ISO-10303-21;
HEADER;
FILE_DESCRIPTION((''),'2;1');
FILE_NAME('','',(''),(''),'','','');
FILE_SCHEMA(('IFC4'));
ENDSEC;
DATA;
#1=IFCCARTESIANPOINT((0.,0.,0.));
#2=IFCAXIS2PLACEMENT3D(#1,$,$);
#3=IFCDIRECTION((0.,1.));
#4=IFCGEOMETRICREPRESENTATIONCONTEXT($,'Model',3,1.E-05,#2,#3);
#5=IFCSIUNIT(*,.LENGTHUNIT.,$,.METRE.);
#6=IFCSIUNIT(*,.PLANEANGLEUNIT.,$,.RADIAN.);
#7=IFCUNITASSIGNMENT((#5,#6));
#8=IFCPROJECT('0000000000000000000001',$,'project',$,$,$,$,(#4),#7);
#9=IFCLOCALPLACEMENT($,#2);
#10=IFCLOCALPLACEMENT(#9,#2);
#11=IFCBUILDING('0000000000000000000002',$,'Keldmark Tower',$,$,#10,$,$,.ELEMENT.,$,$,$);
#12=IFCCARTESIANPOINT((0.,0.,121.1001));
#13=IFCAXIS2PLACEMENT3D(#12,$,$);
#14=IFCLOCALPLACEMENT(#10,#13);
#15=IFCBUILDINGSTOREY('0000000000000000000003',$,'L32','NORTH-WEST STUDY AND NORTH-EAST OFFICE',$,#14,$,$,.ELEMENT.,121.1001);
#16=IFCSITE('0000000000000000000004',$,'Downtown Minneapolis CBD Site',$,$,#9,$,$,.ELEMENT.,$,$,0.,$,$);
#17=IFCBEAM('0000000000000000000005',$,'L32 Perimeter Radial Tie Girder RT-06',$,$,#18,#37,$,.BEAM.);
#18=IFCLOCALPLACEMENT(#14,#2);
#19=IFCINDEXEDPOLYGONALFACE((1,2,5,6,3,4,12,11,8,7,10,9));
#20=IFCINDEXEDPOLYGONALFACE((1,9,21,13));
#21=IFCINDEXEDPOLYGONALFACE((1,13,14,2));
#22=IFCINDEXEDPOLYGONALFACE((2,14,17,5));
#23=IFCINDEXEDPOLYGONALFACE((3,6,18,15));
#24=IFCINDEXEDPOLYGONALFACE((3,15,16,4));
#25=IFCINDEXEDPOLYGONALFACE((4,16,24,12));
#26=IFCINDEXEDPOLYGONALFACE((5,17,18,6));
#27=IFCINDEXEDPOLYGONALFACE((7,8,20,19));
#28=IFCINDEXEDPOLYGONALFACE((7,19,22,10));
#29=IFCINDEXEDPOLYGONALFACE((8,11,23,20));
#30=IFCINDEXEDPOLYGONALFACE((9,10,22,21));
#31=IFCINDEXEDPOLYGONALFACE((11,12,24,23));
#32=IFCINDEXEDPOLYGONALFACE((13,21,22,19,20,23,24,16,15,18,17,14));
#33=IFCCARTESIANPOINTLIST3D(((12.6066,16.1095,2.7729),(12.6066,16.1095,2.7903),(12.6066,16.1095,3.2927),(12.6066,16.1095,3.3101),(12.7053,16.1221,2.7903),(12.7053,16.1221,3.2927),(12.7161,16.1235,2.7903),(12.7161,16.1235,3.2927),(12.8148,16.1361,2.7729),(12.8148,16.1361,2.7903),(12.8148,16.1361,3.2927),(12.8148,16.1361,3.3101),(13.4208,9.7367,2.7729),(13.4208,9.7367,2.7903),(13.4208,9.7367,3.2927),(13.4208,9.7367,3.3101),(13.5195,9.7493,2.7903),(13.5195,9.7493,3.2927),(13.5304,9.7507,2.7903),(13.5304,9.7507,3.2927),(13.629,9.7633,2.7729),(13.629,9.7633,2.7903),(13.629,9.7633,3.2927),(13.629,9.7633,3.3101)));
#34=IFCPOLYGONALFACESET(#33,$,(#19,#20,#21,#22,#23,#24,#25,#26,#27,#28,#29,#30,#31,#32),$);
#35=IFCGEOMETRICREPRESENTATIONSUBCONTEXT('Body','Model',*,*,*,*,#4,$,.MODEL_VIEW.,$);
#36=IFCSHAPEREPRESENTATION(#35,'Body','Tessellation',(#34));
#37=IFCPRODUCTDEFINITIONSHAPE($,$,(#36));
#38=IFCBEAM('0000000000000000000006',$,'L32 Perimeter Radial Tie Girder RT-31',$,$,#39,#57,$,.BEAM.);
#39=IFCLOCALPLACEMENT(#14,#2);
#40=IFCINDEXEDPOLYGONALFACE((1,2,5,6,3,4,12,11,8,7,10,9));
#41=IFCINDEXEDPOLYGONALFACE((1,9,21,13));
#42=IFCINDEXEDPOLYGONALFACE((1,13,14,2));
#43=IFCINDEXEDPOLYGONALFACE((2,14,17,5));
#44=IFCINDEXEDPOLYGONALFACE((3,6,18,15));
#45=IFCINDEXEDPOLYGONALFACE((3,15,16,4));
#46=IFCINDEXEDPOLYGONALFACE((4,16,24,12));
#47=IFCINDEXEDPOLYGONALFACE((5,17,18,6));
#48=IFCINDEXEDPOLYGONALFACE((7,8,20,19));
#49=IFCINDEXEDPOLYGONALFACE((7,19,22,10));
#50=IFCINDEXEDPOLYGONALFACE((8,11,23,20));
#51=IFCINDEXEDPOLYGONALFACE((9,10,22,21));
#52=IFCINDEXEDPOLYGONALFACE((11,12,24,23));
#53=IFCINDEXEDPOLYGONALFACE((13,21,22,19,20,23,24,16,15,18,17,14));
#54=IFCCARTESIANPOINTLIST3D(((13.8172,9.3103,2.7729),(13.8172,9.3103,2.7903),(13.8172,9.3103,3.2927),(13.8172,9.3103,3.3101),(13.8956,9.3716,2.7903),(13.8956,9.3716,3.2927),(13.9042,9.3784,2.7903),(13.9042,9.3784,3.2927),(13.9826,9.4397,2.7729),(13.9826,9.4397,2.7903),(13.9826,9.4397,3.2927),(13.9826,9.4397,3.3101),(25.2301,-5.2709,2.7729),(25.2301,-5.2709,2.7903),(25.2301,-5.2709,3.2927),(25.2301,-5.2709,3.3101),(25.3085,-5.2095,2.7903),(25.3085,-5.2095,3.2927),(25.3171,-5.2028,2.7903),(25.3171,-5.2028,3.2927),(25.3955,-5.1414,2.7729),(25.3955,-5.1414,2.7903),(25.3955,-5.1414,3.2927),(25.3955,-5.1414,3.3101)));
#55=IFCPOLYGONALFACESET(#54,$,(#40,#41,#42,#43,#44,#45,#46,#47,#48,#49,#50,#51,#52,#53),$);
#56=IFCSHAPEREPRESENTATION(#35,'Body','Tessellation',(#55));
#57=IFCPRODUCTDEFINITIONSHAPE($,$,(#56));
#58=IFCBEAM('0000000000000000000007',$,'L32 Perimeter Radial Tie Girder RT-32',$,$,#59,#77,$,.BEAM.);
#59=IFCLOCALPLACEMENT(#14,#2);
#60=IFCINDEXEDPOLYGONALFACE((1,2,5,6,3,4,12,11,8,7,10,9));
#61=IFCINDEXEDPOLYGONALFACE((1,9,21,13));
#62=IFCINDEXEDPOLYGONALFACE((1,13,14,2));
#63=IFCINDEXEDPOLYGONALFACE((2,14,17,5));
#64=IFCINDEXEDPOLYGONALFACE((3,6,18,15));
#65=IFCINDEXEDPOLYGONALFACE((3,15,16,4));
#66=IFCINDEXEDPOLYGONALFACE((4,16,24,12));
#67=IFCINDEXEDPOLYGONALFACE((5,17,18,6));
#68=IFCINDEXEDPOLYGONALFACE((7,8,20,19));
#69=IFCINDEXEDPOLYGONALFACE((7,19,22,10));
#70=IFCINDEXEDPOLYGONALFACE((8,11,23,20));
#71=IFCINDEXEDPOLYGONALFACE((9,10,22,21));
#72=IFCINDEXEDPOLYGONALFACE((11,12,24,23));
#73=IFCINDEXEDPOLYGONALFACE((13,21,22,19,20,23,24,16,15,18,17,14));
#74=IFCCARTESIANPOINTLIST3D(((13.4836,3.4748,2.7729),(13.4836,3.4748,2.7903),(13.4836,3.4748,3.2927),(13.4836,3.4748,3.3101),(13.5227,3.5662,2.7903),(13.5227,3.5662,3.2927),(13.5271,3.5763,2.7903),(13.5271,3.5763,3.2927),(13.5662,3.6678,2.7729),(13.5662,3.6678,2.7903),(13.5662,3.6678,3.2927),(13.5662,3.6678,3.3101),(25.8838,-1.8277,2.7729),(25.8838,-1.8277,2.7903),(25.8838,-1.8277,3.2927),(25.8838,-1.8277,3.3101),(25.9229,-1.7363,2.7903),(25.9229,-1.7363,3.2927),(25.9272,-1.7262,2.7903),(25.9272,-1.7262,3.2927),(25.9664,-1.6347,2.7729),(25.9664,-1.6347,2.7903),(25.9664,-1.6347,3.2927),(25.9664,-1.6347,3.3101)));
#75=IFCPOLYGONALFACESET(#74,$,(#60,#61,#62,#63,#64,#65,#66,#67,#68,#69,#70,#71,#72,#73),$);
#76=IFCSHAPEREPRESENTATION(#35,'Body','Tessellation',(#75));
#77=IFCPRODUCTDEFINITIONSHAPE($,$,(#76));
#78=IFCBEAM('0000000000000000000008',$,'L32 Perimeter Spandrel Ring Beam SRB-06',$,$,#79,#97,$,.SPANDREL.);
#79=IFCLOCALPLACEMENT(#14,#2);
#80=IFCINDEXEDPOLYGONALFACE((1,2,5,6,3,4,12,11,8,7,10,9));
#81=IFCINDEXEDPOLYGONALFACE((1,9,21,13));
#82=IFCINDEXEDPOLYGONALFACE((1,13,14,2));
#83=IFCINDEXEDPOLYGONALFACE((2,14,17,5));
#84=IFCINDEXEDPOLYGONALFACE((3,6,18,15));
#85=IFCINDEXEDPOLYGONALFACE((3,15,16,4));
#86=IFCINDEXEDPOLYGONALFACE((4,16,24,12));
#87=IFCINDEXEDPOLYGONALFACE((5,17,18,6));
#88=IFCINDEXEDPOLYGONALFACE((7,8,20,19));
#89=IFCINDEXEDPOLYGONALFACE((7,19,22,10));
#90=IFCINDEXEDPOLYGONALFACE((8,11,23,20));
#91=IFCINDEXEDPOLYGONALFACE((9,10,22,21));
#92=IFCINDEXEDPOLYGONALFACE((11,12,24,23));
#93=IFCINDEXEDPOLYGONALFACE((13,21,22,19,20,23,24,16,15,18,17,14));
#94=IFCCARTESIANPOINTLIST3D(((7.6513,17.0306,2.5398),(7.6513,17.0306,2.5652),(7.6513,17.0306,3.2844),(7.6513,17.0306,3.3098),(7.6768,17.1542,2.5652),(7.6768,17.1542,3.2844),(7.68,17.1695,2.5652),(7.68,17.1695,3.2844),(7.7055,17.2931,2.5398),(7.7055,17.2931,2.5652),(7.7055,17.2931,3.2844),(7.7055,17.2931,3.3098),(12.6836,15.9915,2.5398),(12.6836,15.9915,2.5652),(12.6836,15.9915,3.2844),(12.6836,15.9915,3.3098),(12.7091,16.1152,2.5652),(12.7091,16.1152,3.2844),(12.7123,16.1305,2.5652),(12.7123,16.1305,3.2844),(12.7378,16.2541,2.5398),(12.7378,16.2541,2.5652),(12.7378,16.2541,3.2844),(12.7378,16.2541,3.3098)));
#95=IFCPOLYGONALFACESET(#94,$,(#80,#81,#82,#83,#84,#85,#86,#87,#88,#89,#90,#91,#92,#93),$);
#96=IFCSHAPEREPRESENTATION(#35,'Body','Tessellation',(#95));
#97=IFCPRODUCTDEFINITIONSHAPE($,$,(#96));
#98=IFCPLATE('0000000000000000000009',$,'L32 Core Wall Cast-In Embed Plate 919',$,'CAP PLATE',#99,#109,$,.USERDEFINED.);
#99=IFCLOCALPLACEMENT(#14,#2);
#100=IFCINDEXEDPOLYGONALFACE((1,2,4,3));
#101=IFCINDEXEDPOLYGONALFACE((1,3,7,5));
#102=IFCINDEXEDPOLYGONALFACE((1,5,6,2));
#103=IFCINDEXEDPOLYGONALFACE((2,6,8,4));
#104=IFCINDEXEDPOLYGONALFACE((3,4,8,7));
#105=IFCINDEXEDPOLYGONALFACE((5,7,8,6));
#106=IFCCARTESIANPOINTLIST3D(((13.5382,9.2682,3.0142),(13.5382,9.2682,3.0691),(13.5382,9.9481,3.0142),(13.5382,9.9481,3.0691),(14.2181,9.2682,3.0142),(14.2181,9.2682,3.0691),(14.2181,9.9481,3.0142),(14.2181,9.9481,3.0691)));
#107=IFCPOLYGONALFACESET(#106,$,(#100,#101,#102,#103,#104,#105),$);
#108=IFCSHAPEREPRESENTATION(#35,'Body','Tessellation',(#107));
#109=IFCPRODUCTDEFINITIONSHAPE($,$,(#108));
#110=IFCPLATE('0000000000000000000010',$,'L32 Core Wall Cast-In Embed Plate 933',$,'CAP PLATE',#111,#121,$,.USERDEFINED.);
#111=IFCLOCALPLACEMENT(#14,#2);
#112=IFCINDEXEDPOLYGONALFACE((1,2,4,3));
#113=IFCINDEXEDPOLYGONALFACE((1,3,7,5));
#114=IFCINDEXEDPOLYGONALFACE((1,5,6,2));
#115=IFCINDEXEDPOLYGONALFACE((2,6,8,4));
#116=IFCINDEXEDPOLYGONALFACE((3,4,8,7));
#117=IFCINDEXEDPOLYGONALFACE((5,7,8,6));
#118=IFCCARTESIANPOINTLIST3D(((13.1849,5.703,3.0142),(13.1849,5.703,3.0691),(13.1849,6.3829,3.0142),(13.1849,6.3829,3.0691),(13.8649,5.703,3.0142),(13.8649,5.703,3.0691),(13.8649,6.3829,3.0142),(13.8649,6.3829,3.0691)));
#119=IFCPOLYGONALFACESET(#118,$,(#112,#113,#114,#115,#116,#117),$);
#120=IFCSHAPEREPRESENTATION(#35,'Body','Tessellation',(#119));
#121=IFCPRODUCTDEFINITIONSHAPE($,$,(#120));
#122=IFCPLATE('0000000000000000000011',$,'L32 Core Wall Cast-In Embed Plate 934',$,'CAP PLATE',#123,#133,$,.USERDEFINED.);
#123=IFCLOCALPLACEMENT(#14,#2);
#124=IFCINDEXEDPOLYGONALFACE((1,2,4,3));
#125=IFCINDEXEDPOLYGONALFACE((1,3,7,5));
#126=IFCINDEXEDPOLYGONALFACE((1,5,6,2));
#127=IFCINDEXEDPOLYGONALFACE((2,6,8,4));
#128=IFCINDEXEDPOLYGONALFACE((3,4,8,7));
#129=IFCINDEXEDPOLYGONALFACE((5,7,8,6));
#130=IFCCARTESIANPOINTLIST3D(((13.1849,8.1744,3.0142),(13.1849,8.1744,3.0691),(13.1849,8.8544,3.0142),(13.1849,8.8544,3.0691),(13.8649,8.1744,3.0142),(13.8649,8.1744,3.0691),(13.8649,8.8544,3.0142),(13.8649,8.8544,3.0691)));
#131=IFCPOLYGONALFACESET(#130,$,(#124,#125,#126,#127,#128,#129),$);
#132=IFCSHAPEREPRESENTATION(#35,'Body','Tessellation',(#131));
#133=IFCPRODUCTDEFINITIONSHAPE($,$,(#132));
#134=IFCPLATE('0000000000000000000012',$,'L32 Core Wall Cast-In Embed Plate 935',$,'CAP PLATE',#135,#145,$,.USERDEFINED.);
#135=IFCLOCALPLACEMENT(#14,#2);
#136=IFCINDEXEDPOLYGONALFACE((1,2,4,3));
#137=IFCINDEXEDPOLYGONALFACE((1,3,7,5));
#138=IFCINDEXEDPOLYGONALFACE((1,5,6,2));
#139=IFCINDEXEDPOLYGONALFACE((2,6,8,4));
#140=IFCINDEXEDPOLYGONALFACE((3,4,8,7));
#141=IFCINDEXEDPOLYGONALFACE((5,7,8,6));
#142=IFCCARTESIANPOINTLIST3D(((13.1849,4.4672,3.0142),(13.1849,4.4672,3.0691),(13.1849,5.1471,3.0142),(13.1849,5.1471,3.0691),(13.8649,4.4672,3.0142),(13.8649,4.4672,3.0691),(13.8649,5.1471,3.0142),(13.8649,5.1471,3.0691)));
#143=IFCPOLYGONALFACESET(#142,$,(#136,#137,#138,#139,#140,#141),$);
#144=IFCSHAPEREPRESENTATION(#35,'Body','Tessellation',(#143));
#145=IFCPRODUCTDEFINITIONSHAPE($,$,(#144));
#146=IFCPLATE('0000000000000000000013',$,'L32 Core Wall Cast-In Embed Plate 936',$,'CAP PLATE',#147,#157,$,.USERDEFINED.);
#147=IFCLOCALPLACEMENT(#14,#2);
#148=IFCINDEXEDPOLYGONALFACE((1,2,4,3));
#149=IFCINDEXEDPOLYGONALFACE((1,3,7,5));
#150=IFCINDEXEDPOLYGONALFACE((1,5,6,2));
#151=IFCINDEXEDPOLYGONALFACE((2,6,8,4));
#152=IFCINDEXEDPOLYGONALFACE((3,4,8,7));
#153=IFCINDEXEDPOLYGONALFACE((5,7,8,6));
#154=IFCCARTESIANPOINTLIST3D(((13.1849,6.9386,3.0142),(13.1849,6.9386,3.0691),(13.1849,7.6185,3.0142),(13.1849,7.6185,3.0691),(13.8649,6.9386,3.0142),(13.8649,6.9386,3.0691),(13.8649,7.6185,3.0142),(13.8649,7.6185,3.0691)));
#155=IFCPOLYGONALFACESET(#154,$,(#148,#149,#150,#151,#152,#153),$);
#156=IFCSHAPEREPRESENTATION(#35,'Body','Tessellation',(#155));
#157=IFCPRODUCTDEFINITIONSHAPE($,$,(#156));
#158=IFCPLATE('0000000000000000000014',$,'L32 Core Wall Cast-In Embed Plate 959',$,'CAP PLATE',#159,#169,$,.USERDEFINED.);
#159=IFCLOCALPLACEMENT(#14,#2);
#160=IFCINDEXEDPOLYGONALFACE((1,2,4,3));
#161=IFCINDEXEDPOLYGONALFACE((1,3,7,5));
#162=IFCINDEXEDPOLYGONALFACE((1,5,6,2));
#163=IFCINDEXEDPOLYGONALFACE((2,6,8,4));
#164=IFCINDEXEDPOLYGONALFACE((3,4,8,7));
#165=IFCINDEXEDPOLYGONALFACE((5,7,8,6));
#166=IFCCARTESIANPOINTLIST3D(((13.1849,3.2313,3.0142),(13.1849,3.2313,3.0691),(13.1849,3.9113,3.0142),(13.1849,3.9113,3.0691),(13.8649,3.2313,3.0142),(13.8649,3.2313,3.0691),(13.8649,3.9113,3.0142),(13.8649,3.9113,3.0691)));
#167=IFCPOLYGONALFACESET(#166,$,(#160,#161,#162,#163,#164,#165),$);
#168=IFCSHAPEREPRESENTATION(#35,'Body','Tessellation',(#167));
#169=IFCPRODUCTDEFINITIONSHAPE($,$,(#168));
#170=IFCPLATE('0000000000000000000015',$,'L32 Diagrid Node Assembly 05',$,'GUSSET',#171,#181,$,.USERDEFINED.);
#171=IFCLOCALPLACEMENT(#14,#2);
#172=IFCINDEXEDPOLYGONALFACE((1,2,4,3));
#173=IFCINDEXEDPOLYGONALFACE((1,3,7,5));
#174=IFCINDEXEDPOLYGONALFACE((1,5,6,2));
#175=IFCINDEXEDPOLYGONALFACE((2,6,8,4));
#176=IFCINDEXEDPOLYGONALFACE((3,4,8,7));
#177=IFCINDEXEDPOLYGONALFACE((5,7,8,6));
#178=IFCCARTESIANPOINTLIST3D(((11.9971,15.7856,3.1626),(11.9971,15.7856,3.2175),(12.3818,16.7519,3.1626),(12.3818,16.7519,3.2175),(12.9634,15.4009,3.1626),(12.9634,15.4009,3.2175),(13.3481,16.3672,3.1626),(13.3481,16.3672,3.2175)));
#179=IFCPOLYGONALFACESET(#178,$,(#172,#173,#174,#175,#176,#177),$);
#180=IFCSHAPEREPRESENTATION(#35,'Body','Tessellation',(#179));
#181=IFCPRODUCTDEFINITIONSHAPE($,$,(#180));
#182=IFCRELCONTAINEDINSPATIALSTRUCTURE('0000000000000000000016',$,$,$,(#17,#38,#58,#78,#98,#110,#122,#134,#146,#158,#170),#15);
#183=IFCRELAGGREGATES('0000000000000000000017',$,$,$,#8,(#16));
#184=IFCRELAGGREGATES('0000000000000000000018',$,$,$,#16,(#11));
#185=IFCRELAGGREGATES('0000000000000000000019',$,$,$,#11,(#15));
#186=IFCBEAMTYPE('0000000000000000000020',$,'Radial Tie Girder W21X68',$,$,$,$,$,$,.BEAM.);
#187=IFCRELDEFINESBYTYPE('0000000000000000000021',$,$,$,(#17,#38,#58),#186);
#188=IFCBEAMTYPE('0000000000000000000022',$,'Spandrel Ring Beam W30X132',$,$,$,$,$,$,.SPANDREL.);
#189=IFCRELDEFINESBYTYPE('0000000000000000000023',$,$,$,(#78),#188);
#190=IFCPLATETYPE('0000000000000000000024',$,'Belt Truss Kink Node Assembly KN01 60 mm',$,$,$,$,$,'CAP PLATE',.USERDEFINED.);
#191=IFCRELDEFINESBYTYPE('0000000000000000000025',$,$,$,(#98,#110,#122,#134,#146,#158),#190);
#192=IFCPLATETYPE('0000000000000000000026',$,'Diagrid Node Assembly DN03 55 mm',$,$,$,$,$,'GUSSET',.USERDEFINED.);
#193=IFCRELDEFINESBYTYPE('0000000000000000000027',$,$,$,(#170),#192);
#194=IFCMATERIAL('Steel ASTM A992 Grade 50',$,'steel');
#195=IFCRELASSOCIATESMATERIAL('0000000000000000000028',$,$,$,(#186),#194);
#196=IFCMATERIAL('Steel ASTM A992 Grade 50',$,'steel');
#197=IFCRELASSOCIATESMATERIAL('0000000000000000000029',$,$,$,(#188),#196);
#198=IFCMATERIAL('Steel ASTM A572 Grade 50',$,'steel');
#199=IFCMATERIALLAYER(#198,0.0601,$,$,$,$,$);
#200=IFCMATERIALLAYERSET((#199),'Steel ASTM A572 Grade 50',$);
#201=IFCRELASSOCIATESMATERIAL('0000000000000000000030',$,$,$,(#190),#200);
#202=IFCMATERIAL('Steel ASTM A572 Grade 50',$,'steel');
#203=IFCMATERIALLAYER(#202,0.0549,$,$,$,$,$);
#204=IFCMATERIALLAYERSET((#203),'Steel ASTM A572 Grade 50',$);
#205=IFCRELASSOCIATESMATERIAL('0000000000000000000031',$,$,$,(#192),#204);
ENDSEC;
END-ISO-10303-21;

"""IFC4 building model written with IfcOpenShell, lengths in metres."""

from ifc_helpers import new_model, si_unit, direction, frame, origin, origin_2d, place, context, subcontext, project, spatial, rectangle, i_section, extrude, material, layer, layer_set, material_profile, profile_set, type_object, element, save


model = new_model("IFC4")

# Units and contexts
model_context = context("Model", 3, precision=1e-05, world=origin(), true_north=direction((0.0, 1.0)))
body_context = subcontext(model_context, "Body", "Model", "MODEL_VIEW")
ifc_project = project(units=[si_unit("LENGTHUNIT", "METRE"), si_unit("PLANEANGLEUNIT", "RADIAN")], contexts=[model_context])

# Site, building, storey
site_placement = place(None, origin())
site = spatial("IfcSite", under=ifc_project, at=site_placement, Name="Downtown Minneapolis CBD Site", CompositionType="ELEMENT", RefElevation=0.0)
building_placement = place(site_placement, origin())
building = spatial("IfcBuilding", under=site, at=building_placement, Name="Keldmark Tower", CompositionType="ELEMENT")
storey_placement = place(building_placement, frame((0.0, 0.0, 121.1001)))
storey = spatial("IfcBuildingStorey", under=building, at=storey_placement, Name="L32", Description="NORTH-WEST STUDY AND NORTH-EAST OFFICE", CompositionType="ELEMENT", Elevation=121.1001)

# Beams
ifc_material_1 = material(Name="Steel ASTM A992 Grade 50", Category="steel")
ifc_material_profile_1 = material_profile(ifc_material_1, i_section(OverallWidth=0.21, OverallDepth=0.5371, WebThickness=0.011, FlangeThickness=0.0173, at=origin_2d()), Name="W21X68")
ifc_profile_set_1 = profile_set([ifc_material_profile_1], Name="Steel ASTM A992 Grade 50")
beam_type_1 = type_object("IfcBeamType", Name="Radial Tie Girder W21X68", PredefinedType="BEAM", material=ifc_profile_set_1)
beam_1_placement = place(storey_placement, frame((13.5249, 9.75, 3.0415), z_axis=(-0.126733, 0.991937, 0.0), x_axis=(-0.991937, -0.126733, 0.0)))
element("IfcBeam", 1, at=beam_1_placement, inside=storey, type_object=beam_type_1, Name="L32 Perimeter Radial Tie Girder RT-06", PredefinedType="BEAM", context=body_context, shape_type="SweptSolid", body=[
    extrude(i_section(OverallWidth=0.21, OverallDepth=0.5371, WebThickness=0.011, FlangeThickness=0.0173, at=origin_2d()), origin(), (0.0, 0.0, 1.0), 6.4246),
])
beam_2_placement = place(storey_placement, frame((13.8999, 9.375, 3.0415), z_axis=(0.616361, -0.787464, 0.0), x_axis=(0.787464, 0.616361, 0.0)))
element("IfcBeam", 2, at=beam_2_placement, inside=storey, type_object=beam_type_1, Name="L32 Perimeter Radial Tie Girder RT-31", PredefinedType="BEAM", context=body_context, shape_type="SweptSolid", body=[
    extrude(i_section(OverallWidth=0.21, OverallDepth=0.5371, WebThickness=0.011, FlangeThickness=0.0173, at=origin_2d()), origin(), (0.0, 0.0, 1.0), 18.5166),
])
beam_3_placement = place(storey_placement, frame((13.5249, 3.5713, 3.0415), z_axis=(0.919463, -0.393176, 0.0), x_axis=(0.393176, 0.919463, 0.0)))
element("IfcBeam", 3, at=beam_3_placement, inside=storey, type_object=beam_type_1, Name="L32 Perimeter Radial Tie Girder RT-32", PredefinedType="BEAM", context=body_context, shape_type="SweptSolid", body=[
    extrude(i_section(OverallWidth=0.21, OverallDepth=0.5371, WebThickness=0.011, FlangeThickness=0.0173, at=origin_2d()), origin(), (0.0, 0.0, 1.0), 13.4863),
])
ifc_material_2 = material(Name="Steel ASTM A992 Grade 50", Category="steel")
ifc_material_profile_2 = material_profile(ifc_material_2, i_section(OverallWidth=0.2681, OverallDepth=0.77, WebThickness=0.0156, FlangeThickness=0.0254, at=origin_2d()), Name="W30X132")
ifc_profile_set_2 = profile_set([ifc_material_profile_2], Name="Steel ASTM A992 Grade 50")
beam_type_2 = type_object("IfcBeamType", Name="Spandrel Ring Beam W30X132", PredefinedType="SPANDREL", material=ifc_profile_set_2)
beam_4_placement = place(storey_placement, frame((12.7107, 16.1228, 2.9248), z_axis=(-0.979341, 0.202216, 0.0), x_axis=(-0.202216, -0.979341, 0.0)))
element("IfcBeam", 4, at=beam_4_placement, inside=storey, type_object=beam_type_2, Name="L32 Perimeter Spandrel Ring Beam SRB-06", PredefinedType="SPANDREL", context=body_context, shape_type="SweptSolid", body=[
    extrude(i_section(OverallWidth=0.2681, OverallDepth=0.77, WebThickness=0.0156, FlangeThickness=0.0254, at=origin_2d()), origin(), (0.0, 0.0, 1.0), 5.1384),
])

# Plates
ifc_material_3 = material(Name="Steel ASTM A572 Grade 50", Category="steel")
ifc_layer_1 = layer(ifc_material_3, 0.0601)
ifc_layer_set_1 = layer_set([ifc_layer_1], Name="Steel ASTM A572 Grade 50")
plate_type_1 = type_object("IfcPlateType", Name="Belt Truss Kink Node Assembly KN01 60 mm", ElementType="CAP PLATE", PredefinedType="USERDEFINED", material=ifc_layer_set_1)
for number, where, z_axis, x_axis, name in (
    (5, (13.8782, 9.6082, 3.0142), (0.0, 0.0, 1.0), (1.0, 0.0, 0.0), "L32 Core Wall Cast-In Embed Plate 919"),
    (6, (13.5249, 6.043, 3.0142), (0.0, 0.0, 1.0), (1.0, 0.0, 0.0), "L32 Core Wall Cast-In Embed Plate 933"),
    (7, (13.5249, 8.5144, 3.0142), (0.0, 0.0, 1.0), (1.0, 0.0, 0.0), "L32 Core Wall Cast-In Embed Plate 934"),
    (8, (13.5249, 4.8071, 3.0142), (0.0, 0.0, 1.0), (1.0, 0.0, 0.0), "L32 Core Wall Cast-In Embed Plate 935"),
    (9, (13.5249, 7.2786, 3.0142), (0.0, 0.0, 1.0), (1.0, 0.0, 0.0), "L32 Core Wall Cast-In Embed Plate 936"),
    (10, (13.5249, 3.5713, 3.0142), (0.0, 0.0, 1.0), (1.0, 0.0, 0.0), "L32 Core Wall Cast-In Embed Plate 959"),
):
    element("IfcPlate", number, at=place(storey_placement, frame(where, z_axis=z_axis, x_axis=x_axis)), inside=storey, type_object=plate_type_1, Name=name, ObjectType="CAP PLATE", PredefinedType="USERDEFINED", context=body_context, shape_type="SweptSolid", body=[
        extrude(rectangle(XDim=0.6799, YDim=0.6799, at=origin_2d()), origin(), (0.0, 0.0, 1.0), 0.0549),
    ])
ifc_material_4 = material(Name="Steel ASTM A572 Grade 50", Category="steel")
ifc_layer_2 = layer(ifc_material_4, 0.0549)
ifc_layer_set_2 = layer_set([ifc_layer_2], Name="Steel ASTM A572 Grade 50")
plate_type_2 = type_object("IfcPlateType", Name="Diagrid Node Assembly DN03 55 mm", ElementType="GUSSET", PredefinedType="USERDEFINED", material=ifc_layer_set_2)
plate_placement = place(storey_placement, frame((12.6726, 16.0764, 3.1626), z_axis=(0.0, 0.0, 1.0), x_axis=(-0.929068, 0.369909, 0.0)))
element("IfcPlate", 11, at=plate_placement, inside=storey, type_object=plate_type_2, Name="L32 Diagrid Node Assembly 05", ObjectType="GUSSET", PredefinedType="USERDEFINED", context=body_context, shape_type="SweptSolid", body=[
    extrude(rectangle(XDim=1.04, YDim=1.04, at=origin_2d()), origin(), (0.0, 0.0, 1.0), 0.0549),
])

save(model, "model.ifc")
